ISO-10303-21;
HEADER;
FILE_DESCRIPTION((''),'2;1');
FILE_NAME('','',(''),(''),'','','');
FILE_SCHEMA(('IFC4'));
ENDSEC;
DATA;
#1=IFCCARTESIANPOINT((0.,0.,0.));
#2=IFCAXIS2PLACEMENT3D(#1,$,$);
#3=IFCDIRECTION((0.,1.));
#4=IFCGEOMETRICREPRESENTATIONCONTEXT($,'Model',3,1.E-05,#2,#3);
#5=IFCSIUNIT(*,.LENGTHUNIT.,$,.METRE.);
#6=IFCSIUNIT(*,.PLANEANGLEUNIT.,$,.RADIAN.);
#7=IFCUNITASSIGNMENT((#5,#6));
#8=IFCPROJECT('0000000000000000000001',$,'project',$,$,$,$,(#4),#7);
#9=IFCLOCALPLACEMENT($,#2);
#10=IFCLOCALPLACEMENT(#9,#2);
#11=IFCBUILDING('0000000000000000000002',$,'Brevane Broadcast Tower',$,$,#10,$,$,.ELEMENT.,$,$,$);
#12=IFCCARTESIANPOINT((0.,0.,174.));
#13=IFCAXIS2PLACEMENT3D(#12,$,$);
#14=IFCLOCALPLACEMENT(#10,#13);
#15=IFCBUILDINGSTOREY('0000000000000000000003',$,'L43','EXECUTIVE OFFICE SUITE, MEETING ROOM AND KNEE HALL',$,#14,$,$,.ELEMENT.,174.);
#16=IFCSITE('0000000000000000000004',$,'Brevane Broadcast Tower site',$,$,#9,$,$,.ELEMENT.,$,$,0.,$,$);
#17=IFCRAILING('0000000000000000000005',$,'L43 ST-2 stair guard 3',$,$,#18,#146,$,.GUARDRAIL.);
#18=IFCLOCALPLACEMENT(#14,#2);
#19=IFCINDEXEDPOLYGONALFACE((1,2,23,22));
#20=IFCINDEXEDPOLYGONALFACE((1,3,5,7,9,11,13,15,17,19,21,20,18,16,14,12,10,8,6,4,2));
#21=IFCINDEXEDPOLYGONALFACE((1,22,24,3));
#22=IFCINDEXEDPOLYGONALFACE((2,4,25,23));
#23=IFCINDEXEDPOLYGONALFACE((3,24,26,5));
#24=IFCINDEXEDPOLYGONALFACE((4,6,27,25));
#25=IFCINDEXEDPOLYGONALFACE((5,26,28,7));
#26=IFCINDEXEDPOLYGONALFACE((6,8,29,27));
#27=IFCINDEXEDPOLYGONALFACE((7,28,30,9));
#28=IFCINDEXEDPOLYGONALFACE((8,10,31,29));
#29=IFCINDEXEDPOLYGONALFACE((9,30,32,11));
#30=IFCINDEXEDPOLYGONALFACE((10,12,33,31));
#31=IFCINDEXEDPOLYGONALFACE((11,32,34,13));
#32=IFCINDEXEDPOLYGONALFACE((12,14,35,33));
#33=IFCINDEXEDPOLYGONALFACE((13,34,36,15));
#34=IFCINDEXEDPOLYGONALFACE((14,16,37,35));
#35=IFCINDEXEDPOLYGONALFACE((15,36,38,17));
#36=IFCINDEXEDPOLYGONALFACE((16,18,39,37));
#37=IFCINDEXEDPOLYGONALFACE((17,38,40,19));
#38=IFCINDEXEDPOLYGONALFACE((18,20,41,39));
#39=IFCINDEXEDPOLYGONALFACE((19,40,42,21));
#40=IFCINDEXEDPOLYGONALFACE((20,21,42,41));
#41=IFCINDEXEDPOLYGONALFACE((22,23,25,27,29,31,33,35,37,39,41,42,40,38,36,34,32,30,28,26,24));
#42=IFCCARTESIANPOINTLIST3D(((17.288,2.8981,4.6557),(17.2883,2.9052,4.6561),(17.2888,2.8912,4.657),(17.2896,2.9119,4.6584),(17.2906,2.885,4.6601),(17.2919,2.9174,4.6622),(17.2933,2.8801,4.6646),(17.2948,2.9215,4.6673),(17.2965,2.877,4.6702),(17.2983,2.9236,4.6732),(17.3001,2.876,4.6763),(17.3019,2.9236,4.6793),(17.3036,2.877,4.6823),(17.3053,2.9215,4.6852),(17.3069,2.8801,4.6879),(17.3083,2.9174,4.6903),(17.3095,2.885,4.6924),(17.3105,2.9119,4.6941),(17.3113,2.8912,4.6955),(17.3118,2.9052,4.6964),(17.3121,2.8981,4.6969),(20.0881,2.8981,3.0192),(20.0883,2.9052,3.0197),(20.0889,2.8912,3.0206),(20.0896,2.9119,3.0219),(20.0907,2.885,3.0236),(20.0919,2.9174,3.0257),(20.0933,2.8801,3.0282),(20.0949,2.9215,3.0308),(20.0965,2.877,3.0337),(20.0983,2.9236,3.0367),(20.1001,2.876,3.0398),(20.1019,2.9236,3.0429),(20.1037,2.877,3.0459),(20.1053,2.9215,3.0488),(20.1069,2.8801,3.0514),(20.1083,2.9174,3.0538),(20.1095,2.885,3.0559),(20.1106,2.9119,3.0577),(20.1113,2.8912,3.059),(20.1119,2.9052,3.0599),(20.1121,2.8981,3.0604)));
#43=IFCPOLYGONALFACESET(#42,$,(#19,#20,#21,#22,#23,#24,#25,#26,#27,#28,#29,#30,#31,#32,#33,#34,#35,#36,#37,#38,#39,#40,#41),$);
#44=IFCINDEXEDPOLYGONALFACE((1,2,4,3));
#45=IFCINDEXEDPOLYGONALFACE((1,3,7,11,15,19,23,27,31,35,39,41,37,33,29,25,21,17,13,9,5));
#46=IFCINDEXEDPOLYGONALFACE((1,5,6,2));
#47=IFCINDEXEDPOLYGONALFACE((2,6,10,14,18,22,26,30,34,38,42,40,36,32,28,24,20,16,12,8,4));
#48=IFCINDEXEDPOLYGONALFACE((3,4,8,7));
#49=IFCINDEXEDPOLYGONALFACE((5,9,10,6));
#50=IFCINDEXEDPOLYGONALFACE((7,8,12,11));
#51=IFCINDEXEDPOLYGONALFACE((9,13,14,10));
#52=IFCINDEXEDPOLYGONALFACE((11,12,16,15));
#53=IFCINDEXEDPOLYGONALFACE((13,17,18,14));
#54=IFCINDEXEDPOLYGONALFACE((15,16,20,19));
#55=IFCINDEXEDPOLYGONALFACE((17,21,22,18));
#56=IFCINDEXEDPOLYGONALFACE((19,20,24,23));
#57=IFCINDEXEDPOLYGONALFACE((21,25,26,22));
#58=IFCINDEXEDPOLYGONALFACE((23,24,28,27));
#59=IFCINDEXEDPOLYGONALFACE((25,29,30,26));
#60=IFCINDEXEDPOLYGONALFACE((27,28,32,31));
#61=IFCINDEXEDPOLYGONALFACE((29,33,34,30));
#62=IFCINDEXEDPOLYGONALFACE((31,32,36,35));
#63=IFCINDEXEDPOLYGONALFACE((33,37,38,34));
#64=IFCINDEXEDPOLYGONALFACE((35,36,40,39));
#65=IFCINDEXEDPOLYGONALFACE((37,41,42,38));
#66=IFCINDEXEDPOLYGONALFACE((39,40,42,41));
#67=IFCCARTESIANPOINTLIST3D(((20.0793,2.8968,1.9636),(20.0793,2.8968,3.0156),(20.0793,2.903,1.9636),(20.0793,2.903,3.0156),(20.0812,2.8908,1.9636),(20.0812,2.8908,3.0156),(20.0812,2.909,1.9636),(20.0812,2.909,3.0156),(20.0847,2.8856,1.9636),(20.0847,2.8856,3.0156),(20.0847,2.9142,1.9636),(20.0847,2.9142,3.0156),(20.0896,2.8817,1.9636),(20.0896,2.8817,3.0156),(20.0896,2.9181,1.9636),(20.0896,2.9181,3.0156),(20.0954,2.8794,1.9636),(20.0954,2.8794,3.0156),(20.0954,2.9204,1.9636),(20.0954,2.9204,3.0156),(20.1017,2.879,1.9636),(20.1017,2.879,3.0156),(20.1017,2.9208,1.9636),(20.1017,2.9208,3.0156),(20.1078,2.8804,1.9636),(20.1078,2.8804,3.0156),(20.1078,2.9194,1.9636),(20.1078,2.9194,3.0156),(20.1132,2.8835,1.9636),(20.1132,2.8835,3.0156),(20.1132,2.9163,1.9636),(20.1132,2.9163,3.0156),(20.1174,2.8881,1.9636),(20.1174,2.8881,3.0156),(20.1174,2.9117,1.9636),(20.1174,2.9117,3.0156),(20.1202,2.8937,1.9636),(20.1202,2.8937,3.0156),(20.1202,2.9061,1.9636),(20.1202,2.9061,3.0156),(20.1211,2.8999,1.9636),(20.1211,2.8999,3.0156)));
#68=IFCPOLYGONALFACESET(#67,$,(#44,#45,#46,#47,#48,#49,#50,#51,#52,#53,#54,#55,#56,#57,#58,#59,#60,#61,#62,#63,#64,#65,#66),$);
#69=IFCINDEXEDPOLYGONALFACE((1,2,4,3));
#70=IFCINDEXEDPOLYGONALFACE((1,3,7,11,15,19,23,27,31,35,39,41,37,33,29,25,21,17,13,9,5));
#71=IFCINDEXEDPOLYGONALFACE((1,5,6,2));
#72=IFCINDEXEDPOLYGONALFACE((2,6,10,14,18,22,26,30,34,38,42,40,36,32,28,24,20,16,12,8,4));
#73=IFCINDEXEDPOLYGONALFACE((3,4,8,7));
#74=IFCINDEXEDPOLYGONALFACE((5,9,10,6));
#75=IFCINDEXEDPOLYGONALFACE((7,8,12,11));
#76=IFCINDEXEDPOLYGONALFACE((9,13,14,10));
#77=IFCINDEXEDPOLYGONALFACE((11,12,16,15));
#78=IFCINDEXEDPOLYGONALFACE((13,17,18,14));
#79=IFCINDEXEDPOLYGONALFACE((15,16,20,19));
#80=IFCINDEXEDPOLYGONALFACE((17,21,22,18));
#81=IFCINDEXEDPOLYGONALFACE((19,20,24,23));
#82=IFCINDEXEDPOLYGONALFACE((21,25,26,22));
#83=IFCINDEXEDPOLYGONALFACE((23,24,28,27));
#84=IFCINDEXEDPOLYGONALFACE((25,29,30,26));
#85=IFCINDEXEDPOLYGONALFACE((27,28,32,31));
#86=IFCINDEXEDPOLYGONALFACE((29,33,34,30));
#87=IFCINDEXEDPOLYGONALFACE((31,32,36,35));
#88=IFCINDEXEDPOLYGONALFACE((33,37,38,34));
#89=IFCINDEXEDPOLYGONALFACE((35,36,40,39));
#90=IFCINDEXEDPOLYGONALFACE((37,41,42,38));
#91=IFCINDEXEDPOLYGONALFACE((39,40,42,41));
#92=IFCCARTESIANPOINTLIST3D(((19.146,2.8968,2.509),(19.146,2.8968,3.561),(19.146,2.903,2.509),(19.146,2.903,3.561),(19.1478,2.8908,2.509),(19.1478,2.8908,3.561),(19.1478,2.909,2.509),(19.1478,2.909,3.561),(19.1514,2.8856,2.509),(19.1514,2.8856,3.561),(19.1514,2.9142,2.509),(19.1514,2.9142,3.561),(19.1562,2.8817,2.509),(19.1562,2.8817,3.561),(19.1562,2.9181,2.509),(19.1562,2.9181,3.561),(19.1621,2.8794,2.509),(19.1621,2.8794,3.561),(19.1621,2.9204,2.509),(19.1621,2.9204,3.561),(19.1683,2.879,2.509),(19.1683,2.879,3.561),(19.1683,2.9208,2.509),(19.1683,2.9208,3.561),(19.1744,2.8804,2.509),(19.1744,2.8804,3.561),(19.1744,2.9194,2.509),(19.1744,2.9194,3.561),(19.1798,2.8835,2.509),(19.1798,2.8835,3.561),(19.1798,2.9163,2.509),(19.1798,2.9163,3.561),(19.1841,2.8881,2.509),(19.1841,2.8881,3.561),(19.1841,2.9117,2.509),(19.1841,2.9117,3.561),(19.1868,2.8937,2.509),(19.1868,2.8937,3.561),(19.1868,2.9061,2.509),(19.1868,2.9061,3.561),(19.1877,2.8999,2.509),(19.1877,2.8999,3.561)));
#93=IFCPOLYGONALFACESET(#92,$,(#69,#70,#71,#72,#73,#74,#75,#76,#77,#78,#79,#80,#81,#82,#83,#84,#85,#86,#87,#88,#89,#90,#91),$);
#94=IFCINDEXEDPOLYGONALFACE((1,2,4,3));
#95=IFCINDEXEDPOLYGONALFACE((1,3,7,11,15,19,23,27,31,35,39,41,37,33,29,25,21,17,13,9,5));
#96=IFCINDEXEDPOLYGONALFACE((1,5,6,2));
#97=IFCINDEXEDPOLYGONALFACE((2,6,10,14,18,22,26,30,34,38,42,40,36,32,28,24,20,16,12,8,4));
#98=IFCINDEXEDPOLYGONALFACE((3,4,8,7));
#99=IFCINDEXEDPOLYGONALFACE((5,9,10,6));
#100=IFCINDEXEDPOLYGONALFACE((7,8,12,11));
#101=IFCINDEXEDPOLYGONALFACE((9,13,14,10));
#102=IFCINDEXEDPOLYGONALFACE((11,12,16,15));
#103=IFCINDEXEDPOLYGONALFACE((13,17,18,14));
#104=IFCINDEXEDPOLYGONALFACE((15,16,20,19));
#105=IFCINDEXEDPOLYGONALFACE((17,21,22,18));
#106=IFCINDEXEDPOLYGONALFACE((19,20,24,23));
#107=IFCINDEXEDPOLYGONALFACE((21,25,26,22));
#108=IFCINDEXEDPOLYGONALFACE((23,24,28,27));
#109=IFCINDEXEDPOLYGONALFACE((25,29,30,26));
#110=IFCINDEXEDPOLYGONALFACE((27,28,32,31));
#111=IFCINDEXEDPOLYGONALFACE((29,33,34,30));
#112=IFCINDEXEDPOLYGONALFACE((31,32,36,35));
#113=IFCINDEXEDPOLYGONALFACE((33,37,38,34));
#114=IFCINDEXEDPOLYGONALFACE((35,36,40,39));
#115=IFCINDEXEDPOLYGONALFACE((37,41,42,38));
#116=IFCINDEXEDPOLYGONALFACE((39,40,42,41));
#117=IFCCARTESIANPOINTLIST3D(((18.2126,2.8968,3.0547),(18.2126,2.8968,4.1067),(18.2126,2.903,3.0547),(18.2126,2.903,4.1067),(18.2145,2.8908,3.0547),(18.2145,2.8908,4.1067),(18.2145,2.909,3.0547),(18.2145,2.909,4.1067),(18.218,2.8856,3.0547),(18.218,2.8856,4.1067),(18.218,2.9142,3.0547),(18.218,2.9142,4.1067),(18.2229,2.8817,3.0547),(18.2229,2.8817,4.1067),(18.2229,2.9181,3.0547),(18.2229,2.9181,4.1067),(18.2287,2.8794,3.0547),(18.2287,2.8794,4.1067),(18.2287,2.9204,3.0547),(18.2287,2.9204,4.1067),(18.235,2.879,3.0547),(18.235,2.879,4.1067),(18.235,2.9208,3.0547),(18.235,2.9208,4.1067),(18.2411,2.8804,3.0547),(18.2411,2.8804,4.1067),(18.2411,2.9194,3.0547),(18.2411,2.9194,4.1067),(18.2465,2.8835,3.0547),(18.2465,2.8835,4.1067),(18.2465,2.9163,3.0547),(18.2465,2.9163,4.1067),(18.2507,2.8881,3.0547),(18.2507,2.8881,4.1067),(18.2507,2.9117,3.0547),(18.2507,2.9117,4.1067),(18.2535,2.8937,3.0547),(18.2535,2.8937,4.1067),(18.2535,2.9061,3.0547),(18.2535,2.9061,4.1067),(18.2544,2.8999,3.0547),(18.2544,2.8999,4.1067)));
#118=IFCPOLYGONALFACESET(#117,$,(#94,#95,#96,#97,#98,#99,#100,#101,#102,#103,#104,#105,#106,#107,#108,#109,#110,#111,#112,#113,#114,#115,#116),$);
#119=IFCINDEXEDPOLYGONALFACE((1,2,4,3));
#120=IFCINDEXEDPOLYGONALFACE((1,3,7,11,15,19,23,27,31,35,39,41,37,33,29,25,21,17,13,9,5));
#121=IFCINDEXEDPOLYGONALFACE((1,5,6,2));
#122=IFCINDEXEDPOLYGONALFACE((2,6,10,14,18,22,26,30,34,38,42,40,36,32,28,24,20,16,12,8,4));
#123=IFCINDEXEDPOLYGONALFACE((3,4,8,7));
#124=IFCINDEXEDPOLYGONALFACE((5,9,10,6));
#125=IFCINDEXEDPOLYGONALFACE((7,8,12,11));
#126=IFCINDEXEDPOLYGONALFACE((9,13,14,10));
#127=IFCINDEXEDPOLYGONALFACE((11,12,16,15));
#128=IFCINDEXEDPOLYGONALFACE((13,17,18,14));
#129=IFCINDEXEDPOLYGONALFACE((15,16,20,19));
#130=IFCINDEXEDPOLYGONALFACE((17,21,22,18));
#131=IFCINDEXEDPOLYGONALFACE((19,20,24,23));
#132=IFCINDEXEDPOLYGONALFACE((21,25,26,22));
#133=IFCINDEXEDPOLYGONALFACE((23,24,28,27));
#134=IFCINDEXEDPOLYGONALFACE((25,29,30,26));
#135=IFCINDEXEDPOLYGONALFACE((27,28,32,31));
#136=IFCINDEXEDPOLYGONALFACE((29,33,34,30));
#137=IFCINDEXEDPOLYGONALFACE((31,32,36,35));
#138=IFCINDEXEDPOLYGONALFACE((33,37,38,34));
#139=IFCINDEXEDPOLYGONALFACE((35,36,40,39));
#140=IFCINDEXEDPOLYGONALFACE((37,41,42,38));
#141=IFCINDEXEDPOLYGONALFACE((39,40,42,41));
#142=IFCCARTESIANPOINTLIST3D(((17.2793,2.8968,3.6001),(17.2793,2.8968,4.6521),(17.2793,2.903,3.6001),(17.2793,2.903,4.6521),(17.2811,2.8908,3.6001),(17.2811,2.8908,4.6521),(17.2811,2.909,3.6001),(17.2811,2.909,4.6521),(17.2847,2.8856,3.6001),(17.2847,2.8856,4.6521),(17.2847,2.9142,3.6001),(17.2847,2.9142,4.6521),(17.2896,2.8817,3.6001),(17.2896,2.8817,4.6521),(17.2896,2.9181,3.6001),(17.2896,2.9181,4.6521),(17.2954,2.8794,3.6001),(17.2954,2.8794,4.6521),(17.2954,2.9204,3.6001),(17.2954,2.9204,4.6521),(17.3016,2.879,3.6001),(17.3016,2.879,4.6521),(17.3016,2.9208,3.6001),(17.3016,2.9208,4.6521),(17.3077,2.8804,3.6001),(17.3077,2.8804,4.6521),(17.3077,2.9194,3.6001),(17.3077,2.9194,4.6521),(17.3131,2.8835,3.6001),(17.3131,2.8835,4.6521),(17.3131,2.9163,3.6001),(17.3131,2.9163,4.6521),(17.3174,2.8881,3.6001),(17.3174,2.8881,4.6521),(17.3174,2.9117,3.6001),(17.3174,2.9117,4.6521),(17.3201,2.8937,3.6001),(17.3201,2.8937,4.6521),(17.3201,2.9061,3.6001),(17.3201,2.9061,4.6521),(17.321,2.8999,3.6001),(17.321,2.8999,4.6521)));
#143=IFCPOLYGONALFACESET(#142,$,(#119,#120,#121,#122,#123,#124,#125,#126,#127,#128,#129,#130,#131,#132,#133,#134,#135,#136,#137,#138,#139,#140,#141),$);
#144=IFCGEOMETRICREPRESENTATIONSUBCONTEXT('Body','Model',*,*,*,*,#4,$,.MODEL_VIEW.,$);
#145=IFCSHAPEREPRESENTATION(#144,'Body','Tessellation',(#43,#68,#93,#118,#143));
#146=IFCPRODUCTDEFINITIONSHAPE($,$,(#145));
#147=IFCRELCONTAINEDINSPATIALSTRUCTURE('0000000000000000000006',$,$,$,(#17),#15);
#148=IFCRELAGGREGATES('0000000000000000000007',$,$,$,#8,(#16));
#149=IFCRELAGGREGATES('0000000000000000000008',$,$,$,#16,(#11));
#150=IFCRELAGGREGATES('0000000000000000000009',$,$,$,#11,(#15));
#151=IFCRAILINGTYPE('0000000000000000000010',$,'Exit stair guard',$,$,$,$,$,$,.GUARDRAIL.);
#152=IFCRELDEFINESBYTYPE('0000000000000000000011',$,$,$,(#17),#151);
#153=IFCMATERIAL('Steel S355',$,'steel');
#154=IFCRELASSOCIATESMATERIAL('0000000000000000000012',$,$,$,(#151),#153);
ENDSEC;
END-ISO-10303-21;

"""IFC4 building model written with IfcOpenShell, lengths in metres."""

from ifc_helpers import new_model, si_unit, direction, frame, origin, origin_2d, place, context, subcontext, project, spatial, circle, extrude, material, type_object, element, save


model = new_model("IFC4")

# Units and contexts
model_context = context("Model", 3, precision=1e-05, world=origin(), true_north=direction((0.0, 1.0)))
body_context = subcontext(model_context, "Body", "Model", "MODEL_VIEW")
ifc_project = project(units=[si_unit("LENGTHUNIT", "METRE"), si_unit("PLANEANGLEUNIT", "RADIAN")], contexts=[model_context])

# Site, building, storey
site_placement = place(None, origin())
site = spatial("IfcSite", under=ifc_project, at=site_placement, Name="Brevane Broadcast Tower site", CompositionType="ELEMENT", RefElevation=0.0)
building_placement = place(site_placement, origin())
building = spatial("IfcBuilding", under=site, at=building_placement, Name="Brevane Broadcast Tower", CompositionType="ELEMENT")
storey_placement = place(building_placement, frame((0.0, 0.0, 174.0)))
storey = spatial("IfcBuildingStorey", under=building, at=storey_placement, Name="L43", Description="EXECUTIVE OFFICE SUITE, MEETING ROOM AND KNEE HALL", CompositionType="ELEMENT", Elevation=174.0)

# Railing
ifc_material_1 = material(Name="Steel S355", Category="steel")
railing_type_1 = type_object("IfcRailingType", Name="Exit stair guard", PredefinedType="GUARDRAIL", material=ifc_material_1)
railing_1_placement = place(storey_placement, frame((20.1001, 2.8999, 1.9636)))
element("IfcRailing", 1, at=railing_1_placement, inside=storey, type_object=railing_type_1, Name="L43 ST-2 stair guard 3", PredefinedType="GUARDRAIL", context=body_context, shape_type="SweptSolid", body=[
    extrude(circle(Radius=0.0239, at=origin_2d()), frame((0.0, 0.0, 1.0762), z_axis=(-0.863361, 0.0, 0.504587), x_axis=(0.0, -1.0, 0.0)), (0.0, 0.0, 1.0), 3.2432),
    extrude(circle(Radius=0.021, at=origin_2d()), origin(), (0.0, 0.0, 1.0), 1.052),
    extrude(circle(Radius=0.021, at=origin_2d()), frame((-0.9333, 0.0, 0.5454)), (0.0, 0.0, 1.0), 1.052),
    extrude(circle(Radius=0.021, at=origin_2d()), frame((-1.8667, 0.0, 1.0911)), (0.0, 0.0, 1.0), 1.052),
    extrude(circle(Radius=0.021, at=origin_2d()), frame((-2.8, 0.0, 1.6365)), (0.0, 0.0, 1.0), 1.052),
])

save(model, "model.ifc")
